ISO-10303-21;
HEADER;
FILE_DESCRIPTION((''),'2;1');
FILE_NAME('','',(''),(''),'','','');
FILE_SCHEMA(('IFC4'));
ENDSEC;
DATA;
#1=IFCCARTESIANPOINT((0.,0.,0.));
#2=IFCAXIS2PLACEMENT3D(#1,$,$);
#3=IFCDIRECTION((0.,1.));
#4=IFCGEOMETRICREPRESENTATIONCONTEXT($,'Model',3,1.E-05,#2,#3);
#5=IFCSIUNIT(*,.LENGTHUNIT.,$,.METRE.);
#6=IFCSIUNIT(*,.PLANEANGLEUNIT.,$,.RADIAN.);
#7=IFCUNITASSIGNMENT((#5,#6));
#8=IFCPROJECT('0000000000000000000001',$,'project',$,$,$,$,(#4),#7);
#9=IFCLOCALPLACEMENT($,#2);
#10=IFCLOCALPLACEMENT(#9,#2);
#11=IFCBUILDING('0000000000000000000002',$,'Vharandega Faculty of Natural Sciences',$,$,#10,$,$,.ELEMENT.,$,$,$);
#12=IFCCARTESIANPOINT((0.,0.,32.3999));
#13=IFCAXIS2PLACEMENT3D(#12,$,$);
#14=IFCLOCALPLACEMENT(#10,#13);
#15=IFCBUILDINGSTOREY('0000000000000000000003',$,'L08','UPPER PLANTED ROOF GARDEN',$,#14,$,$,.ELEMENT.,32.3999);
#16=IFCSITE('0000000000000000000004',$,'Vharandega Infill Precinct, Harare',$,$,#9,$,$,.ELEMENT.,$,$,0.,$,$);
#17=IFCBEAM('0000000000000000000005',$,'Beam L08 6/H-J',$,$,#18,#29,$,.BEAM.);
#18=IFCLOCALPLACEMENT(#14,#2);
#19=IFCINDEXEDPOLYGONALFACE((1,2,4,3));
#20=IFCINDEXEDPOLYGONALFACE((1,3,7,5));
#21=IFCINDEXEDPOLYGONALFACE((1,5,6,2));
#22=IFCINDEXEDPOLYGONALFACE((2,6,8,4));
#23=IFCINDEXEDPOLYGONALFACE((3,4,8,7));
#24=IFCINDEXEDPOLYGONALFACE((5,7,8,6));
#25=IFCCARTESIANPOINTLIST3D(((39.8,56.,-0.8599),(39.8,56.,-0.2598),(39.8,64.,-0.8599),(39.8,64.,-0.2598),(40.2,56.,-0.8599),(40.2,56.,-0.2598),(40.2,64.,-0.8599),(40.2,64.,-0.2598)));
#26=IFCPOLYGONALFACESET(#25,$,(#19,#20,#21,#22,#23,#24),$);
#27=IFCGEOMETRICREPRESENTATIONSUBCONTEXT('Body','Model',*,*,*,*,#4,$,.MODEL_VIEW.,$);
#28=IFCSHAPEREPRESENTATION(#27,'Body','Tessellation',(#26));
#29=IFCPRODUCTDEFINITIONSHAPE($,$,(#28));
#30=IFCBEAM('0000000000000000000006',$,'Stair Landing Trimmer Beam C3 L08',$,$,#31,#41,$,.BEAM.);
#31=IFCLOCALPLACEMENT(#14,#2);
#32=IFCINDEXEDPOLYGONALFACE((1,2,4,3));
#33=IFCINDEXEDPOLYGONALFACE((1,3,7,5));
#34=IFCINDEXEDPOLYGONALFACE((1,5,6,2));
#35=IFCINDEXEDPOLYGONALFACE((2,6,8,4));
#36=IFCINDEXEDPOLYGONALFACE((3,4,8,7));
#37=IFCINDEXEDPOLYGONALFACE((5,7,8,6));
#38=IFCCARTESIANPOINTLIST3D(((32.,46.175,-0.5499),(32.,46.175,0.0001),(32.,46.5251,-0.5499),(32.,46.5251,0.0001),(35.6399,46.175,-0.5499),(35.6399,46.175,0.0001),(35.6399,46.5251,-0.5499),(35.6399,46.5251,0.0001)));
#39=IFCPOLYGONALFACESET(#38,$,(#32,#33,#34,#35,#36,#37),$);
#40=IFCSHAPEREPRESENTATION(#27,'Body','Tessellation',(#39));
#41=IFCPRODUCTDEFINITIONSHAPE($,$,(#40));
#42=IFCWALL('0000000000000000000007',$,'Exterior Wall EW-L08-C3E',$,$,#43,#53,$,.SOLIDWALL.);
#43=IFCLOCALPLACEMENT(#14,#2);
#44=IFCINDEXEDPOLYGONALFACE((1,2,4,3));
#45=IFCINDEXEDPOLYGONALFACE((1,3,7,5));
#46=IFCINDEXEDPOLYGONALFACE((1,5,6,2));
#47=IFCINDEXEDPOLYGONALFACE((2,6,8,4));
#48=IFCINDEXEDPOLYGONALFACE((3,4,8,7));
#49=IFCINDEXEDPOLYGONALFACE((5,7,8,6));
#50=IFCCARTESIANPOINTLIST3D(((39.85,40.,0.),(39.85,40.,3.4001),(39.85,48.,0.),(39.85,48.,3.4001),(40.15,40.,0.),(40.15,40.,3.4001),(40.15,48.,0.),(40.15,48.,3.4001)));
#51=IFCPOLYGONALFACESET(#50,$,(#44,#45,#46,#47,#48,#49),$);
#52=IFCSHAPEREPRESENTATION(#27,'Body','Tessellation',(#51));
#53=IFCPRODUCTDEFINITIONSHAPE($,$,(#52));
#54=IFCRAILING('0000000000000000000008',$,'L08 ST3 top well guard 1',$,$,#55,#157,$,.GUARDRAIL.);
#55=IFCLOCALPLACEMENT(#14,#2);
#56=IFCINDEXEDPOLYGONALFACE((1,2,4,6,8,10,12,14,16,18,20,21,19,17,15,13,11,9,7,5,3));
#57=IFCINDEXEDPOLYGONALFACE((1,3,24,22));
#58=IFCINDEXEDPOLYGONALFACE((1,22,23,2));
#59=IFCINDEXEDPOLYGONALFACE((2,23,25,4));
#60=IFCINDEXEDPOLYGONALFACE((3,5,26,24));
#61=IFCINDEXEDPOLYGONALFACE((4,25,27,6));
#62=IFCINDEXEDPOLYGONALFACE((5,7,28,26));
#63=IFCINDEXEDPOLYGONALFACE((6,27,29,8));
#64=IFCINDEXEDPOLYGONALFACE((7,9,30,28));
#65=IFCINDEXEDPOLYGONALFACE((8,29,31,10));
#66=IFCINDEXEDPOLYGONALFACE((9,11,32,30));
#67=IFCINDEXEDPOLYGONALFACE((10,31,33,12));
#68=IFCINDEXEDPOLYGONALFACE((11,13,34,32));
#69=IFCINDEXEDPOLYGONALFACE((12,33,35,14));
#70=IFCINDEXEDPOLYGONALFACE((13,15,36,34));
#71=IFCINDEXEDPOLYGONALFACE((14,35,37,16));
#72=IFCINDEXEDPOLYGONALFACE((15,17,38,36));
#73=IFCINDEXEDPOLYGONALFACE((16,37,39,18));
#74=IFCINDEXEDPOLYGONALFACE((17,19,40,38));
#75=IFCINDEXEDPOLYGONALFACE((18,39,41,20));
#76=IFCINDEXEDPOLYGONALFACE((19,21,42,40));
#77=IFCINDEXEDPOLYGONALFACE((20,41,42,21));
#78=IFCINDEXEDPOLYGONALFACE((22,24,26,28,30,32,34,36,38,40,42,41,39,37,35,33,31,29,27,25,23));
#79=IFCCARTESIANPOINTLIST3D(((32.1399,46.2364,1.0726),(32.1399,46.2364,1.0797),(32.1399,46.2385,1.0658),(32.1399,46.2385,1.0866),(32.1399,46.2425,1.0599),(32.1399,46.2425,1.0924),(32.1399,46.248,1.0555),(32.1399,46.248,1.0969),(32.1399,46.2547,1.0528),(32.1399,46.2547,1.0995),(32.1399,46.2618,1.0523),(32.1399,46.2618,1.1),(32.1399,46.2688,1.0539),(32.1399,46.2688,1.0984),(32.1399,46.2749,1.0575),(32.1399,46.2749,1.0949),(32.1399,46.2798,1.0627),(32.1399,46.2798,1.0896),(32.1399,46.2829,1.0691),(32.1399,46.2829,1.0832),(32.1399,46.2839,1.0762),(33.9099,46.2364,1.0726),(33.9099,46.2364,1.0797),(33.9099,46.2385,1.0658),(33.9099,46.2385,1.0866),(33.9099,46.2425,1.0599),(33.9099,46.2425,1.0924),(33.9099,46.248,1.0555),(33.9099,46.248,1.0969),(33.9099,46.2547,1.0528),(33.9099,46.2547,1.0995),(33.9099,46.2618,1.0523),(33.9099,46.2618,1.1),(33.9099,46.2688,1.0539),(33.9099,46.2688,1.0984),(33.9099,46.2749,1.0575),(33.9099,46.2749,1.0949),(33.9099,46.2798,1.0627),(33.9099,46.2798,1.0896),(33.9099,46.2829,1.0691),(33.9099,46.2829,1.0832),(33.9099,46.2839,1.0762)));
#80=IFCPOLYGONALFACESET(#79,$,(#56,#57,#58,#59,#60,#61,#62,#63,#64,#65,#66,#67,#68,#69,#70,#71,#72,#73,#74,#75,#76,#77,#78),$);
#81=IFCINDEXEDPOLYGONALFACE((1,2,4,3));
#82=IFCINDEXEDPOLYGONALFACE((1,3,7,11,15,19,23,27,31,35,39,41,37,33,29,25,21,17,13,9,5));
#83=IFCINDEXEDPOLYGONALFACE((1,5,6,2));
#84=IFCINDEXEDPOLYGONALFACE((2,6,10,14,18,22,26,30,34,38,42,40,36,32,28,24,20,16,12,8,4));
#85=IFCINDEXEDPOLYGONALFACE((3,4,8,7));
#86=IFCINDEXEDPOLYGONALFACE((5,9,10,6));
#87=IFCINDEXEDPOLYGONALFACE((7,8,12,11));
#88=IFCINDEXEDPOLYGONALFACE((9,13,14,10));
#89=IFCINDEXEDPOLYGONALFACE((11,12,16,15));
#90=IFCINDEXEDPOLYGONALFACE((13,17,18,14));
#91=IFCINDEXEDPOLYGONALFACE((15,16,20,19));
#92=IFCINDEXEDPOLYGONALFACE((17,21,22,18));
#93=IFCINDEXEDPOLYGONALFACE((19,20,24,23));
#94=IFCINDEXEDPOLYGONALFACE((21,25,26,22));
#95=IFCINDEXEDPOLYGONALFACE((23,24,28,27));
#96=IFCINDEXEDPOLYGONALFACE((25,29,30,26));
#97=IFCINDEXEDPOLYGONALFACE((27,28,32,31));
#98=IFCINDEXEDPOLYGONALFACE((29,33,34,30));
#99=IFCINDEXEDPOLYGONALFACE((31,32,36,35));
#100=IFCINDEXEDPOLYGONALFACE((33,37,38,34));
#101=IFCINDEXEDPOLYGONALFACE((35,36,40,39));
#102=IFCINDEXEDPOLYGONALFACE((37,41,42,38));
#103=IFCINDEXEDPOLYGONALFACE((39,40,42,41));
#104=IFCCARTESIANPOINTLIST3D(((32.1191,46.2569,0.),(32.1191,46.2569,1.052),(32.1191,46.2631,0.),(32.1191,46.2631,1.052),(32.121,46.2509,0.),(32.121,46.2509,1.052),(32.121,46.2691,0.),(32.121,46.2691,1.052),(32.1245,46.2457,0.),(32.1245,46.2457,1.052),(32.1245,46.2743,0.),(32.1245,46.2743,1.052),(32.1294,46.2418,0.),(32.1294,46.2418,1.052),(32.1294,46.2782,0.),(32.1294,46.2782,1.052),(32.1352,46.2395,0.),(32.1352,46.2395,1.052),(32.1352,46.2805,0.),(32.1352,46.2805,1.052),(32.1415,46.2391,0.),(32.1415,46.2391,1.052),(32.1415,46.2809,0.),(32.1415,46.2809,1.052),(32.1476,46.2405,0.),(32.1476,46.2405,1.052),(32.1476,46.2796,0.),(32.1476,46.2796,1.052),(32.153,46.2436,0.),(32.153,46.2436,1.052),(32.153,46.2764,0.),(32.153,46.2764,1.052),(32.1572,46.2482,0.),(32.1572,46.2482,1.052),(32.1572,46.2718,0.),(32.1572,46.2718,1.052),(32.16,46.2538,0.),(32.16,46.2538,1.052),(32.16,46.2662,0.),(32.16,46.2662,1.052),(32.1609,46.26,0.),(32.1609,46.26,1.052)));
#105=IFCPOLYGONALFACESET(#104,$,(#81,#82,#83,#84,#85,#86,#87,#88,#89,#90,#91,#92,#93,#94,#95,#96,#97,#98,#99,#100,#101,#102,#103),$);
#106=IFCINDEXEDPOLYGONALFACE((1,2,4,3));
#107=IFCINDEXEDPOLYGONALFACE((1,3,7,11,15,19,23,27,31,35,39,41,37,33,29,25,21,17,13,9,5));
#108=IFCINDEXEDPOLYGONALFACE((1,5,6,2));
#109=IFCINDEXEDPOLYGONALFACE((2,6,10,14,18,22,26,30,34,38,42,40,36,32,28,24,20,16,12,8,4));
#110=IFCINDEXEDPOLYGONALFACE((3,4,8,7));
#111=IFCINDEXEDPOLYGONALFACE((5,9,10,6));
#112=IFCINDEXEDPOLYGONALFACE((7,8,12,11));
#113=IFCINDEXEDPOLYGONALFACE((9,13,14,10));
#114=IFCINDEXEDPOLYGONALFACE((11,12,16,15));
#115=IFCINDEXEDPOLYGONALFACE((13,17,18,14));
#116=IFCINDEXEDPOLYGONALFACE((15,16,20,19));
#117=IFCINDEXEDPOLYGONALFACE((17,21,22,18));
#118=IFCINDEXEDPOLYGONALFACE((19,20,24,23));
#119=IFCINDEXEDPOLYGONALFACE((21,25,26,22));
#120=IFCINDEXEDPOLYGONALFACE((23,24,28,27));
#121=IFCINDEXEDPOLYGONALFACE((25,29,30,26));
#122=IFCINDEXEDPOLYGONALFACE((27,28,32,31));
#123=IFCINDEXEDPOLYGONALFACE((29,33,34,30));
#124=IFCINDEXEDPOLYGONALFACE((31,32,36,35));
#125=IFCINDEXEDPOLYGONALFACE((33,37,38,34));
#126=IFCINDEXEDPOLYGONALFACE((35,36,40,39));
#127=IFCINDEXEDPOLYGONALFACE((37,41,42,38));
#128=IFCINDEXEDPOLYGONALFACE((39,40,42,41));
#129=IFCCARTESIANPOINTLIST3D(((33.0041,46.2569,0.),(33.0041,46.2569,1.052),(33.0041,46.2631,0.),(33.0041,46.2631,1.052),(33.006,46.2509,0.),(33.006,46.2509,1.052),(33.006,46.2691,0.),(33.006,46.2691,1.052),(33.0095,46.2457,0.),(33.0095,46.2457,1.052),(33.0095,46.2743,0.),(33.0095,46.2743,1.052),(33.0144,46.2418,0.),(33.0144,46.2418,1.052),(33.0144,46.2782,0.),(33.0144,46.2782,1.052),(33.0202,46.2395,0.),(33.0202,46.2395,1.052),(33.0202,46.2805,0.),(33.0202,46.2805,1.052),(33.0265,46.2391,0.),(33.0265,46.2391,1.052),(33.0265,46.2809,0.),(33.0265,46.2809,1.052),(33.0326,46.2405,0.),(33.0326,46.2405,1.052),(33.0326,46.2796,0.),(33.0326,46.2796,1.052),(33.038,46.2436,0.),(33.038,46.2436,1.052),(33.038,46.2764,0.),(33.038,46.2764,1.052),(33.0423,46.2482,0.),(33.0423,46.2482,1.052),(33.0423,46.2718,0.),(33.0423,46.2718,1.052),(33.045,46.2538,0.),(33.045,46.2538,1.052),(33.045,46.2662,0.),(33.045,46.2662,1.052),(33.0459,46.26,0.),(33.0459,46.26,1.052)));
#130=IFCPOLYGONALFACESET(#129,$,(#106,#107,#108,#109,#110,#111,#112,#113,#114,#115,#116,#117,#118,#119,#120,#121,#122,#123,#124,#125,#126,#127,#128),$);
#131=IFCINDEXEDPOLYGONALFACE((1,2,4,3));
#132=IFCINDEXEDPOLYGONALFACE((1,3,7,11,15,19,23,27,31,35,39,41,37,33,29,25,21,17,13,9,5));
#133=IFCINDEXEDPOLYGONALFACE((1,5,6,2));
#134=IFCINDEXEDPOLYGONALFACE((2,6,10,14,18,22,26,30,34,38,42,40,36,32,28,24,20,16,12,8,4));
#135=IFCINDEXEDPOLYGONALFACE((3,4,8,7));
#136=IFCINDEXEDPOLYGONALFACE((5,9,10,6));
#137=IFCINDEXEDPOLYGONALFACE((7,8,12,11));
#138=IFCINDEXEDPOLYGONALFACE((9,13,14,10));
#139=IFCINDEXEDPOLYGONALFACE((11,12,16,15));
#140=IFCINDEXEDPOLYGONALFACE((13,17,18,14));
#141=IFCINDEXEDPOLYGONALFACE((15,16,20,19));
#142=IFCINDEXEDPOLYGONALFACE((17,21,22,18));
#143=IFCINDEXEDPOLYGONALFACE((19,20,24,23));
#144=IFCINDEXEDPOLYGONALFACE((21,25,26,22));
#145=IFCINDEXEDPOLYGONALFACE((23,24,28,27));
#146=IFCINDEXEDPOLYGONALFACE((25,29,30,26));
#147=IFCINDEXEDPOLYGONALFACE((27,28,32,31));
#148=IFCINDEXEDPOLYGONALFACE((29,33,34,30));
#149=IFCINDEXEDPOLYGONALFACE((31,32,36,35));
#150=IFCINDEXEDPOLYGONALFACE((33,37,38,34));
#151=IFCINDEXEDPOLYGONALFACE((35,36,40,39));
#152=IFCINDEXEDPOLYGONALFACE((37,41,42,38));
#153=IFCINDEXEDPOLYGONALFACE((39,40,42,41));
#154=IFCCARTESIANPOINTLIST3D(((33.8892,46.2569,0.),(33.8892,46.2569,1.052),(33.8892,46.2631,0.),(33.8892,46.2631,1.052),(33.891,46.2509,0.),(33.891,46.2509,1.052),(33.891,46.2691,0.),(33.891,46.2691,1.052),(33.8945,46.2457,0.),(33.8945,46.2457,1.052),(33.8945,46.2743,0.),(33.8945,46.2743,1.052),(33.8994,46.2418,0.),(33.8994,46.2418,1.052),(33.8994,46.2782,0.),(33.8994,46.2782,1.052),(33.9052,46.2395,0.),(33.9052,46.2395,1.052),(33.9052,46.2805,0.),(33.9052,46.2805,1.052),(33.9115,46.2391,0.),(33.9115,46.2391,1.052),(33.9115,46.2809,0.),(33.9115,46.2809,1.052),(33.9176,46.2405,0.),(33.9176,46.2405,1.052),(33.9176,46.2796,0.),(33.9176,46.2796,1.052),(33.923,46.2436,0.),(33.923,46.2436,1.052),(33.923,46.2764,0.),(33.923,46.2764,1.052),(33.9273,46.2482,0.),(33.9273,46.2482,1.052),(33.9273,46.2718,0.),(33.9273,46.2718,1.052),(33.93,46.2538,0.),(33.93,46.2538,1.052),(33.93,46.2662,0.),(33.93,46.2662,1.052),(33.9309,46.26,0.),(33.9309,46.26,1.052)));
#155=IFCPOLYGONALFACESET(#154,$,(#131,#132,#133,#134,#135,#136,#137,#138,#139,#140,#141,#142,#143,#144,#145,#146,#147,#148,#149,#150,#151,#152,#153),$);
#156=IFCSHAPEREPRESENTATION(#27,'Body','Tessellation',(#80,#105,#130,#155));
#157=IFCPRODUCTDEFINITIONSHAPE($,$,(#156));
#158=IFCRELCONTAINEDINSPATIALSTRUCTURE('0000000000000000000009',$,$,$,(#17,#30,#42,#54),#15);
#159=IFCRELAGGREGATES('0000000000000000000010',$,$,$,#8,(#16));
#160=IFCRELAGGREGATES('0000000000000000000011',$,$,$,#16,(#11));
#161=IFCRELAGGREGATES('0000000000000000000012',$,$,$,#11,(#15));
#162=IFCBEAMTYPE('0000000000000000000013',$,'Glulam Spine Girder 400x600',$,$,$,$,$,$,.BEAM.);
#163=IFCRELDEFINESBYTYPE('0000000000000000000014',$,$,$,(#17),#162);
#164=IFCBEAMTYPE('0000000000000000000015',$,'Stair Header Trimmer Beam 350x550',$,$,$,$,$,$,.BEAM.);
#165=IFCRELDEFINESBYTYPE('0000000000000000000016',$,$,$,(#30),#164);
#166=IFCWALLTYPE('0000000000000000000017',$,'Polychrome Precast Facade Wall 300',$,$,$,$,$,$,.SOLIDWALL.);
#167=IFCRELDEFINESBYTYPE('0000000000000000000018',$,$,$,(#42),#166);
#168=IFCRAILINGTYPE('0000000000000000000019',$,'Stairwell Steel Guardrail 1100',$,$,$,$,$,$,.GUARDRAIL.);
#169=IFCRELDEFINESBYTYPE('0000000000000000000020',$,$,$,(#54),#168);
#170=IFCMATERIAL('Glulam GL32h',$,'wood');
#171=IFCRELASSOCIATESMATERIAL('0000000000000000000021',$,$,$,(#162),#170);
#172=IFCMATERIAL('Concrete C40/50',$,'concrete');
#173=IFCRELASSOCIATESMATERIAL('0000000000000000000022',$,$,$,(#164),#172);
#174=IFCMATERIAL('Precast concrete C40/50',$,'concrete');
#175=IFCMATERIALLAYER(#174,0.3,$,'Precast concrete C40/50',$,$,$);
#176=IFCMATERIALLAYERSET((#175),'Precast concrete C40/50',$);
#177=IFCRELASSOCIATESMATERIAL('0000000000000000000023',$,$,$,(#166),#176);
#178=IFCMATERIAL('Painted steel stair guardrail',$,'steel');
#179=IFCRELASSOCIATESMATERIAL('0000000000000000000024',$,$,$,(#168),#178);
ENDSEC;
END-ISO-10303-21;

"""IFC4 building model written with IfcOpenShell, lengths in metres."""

from ifc_helpers import new_model, si_unit, direction, frame, frame_2d, origin, origin_2d, place, context, subcontext, project, spatial, rectangle, circle, extrude, material, layer, layer_set, material_profile, profile_set, type_object, element, save


model = new_model("IFC4")

# Units and contexts
model_context = context("Model", 3, precision=1e-05, world=origin(), true_north=direction((0.0, 1.0)))
body_context = subcontext(model_context, "Body", "Model", "MODEL_VIEW")
ifc_project = project(units=[si_unit("LENGTHUNIT", "METRE"), si_unit("PLANEANGLEUNIT", "RADIAN")], contexts=[model_context])

# Site, building, storey
site_placement = place(None, origin())
site = spatial("IfcSite", under=ifc_project, at=site_placement, Name="Vharandega Infill Precinct, Harare", CompositionType="ELEMENT", RefElevation=0.0)
building_placement = place(site_placement, origin())
building = spatial("IfcBuilding", under=site, at=building_placement, Name="Vharandega Faculty of Natural Sciences", CompositionType="ELEMENT")
storey_placement = place(building_placement, frame((0.0, 0.0, 32.3999)))
storey = spatial("IfcBuildingStorey", under=building, at=storey_placement, Name="L08", Description="UPPER PLANTED ROOF GARDEN", CompositionType="ELEMENT", Elevation=32.3999)

# Beams
ifc_material_1 = material(Name="Glulam GL32h", Category="wood")
ifc_material_profile_1 = material_profile(ifc_material_1, rectangle(XDim=0.3999, YDim=0.6001, at=origin_2d()), Name="GL32h 400x600")
ifc_profile_set_1 = profile_set([ifc_material_profile_1], Name="Glulam GL32h")
beam_type_1 = type_object("IfcBeamType", Name="Glulam Spine Girder 400x600", PredefinedType="BEAM", material=ifc_profile_set_1)
for number, where, z_axis, x_axis, name in (
    (1, (40.0, 56.0, -0.5598), (0.0, 1.0, 0.0), (-1.0, 0.0, 0.0), "Beam L08 6/H-J"),
):
    element("IfcBeam", number, at=place(storey_placement, frame(where, z_axis=z_axis, x_axis=x_axis)), inside=storey, type_object=beam_type_1, Name=name, PredefinedType="BEAM", context=body_context, shape_type="SweptSolid", body=[
        extrude(rectangle(XDim=0.3999, YDim=0.6001, at=origin_2d()), origin(), (0.0, 0.0, 1.0), 8.0),
    ])
ifc_material_2 = material(Name="Concrete C40/50", Category="concrete")
ifc_material_profile_2 = material_profile(ifc_material_2, rectangle(XDim=0.3501, YDim=0.55, at=origin_2d()), Name="RC 350x550")
ifc_profile_set_2 = profile_set([ifc_material_profile_2], Name="Concrete C40/50")
beam_type_2 = type_object("IfcBeamType", Name="Stair Header Trimmer Beam 350x550", PredefinedType="BEAM", material=ifc_profile_set_2)
beam_1_placement = place(storey_placement, frame((32.0, 46.3501, -0.2749), z_axis=(1.0, 0.0, 0.0), x_axis=(0.0, 1.0, 0.0)))
element("IfcBeam", 2, at=beam_1_placement, inside=storey, type_object=beam_type_2, Name="Stair Landing Trimmer Beam C3 L08", PredefinedType="BEAM", context=body_context, shape_type="SweptSolid", body=[
    extrude(rectangle(XDim=0.3501, YDim=0.55, at=origin_2d()), origin(), (0.0, 0.0, 1.0), 3.6399),
])

# Shared definitions
ifc_material_3 = material(Name="Precast concrete C40/50", Category="concrete")
ifc_layer = layer(ifc_material_3, 0.3, Name="Precast concrete C40/50")
ifc_layer_set = layer_set([ifc_layer], Name="Precast concrete C40/50")
wall_type = type_object("IfcWallType", Name="Polychrome Precast Facade Wall 300", PredefinedType="SOLIDWALL", material=ifc_layer_set)

# Wall
wall_1_placement = place(storey_placement, frame((40.0, 48.0, 0.0), z_axis=(0.0, 0.0, 1.0), x_axis=(0.0, -1.0, 0.0)))
element("IfcWall", 3, at=wall_1_placement, inside=storey, type_object=wall_type, Name="Exterior Wall EW-L08-C3E", PredefinedType="SOLIDWALL", context=body_context, shape_type="SweptSolid", body=[
    extrude(rectangle(XDim=8.0, YDim=0.3, at=frame_2d((4.0, 0.0))), origin(), (0.0, 0.0, 1.0), 3.4001),
])

# Railing
ifc_material_4 = material(Name="Painted steel stair guardrail", Category="steel")
railing_type_1 = type_object("IfcRailingType", Name="Stairwell Steel Guardrail 1100", PredefinedType="GUARDRAIL", material=ifc_material_4)
railing_1_placement = place(storey_placement, frame((32.1399, 46.26, 0.0)))
element("IfcRailing", 4, at=railing_1_placement, inside=storey, type_object=railing_type_1, Name="L08 ST3 top well guard 1", PredefinedType="GUARDRAIL", context=body_context, shape_type="SweptSolid", body=[
    extrude(circle(Radius=0.0239, at=origin_2d()), frame((0.0, 0.0, 1.0762), z_axis=(1.0, 0.0, 0.0), x_axis=(0.0, 1.0, 0.0)), (0.0, 0.0, 1.0), 1.77),
    extrude(circle(Radius=0.021, at=origin_2d()), origin(), (0.0, 0.0, 1.0), 1.052),
    extrude(circle(Radius=0.021, at=origin_2d()), frame((0.885, 0.0, 0.0)), (0.0, 0.0, 1.0), 1.052),
    extrude(circle(Radius=0.021, at=origin_2d()), frame((1.77, 0.0, 0.0)), (0.0, 0.0, 1.0), 1.052),
])

save(model, "model.ifc")
